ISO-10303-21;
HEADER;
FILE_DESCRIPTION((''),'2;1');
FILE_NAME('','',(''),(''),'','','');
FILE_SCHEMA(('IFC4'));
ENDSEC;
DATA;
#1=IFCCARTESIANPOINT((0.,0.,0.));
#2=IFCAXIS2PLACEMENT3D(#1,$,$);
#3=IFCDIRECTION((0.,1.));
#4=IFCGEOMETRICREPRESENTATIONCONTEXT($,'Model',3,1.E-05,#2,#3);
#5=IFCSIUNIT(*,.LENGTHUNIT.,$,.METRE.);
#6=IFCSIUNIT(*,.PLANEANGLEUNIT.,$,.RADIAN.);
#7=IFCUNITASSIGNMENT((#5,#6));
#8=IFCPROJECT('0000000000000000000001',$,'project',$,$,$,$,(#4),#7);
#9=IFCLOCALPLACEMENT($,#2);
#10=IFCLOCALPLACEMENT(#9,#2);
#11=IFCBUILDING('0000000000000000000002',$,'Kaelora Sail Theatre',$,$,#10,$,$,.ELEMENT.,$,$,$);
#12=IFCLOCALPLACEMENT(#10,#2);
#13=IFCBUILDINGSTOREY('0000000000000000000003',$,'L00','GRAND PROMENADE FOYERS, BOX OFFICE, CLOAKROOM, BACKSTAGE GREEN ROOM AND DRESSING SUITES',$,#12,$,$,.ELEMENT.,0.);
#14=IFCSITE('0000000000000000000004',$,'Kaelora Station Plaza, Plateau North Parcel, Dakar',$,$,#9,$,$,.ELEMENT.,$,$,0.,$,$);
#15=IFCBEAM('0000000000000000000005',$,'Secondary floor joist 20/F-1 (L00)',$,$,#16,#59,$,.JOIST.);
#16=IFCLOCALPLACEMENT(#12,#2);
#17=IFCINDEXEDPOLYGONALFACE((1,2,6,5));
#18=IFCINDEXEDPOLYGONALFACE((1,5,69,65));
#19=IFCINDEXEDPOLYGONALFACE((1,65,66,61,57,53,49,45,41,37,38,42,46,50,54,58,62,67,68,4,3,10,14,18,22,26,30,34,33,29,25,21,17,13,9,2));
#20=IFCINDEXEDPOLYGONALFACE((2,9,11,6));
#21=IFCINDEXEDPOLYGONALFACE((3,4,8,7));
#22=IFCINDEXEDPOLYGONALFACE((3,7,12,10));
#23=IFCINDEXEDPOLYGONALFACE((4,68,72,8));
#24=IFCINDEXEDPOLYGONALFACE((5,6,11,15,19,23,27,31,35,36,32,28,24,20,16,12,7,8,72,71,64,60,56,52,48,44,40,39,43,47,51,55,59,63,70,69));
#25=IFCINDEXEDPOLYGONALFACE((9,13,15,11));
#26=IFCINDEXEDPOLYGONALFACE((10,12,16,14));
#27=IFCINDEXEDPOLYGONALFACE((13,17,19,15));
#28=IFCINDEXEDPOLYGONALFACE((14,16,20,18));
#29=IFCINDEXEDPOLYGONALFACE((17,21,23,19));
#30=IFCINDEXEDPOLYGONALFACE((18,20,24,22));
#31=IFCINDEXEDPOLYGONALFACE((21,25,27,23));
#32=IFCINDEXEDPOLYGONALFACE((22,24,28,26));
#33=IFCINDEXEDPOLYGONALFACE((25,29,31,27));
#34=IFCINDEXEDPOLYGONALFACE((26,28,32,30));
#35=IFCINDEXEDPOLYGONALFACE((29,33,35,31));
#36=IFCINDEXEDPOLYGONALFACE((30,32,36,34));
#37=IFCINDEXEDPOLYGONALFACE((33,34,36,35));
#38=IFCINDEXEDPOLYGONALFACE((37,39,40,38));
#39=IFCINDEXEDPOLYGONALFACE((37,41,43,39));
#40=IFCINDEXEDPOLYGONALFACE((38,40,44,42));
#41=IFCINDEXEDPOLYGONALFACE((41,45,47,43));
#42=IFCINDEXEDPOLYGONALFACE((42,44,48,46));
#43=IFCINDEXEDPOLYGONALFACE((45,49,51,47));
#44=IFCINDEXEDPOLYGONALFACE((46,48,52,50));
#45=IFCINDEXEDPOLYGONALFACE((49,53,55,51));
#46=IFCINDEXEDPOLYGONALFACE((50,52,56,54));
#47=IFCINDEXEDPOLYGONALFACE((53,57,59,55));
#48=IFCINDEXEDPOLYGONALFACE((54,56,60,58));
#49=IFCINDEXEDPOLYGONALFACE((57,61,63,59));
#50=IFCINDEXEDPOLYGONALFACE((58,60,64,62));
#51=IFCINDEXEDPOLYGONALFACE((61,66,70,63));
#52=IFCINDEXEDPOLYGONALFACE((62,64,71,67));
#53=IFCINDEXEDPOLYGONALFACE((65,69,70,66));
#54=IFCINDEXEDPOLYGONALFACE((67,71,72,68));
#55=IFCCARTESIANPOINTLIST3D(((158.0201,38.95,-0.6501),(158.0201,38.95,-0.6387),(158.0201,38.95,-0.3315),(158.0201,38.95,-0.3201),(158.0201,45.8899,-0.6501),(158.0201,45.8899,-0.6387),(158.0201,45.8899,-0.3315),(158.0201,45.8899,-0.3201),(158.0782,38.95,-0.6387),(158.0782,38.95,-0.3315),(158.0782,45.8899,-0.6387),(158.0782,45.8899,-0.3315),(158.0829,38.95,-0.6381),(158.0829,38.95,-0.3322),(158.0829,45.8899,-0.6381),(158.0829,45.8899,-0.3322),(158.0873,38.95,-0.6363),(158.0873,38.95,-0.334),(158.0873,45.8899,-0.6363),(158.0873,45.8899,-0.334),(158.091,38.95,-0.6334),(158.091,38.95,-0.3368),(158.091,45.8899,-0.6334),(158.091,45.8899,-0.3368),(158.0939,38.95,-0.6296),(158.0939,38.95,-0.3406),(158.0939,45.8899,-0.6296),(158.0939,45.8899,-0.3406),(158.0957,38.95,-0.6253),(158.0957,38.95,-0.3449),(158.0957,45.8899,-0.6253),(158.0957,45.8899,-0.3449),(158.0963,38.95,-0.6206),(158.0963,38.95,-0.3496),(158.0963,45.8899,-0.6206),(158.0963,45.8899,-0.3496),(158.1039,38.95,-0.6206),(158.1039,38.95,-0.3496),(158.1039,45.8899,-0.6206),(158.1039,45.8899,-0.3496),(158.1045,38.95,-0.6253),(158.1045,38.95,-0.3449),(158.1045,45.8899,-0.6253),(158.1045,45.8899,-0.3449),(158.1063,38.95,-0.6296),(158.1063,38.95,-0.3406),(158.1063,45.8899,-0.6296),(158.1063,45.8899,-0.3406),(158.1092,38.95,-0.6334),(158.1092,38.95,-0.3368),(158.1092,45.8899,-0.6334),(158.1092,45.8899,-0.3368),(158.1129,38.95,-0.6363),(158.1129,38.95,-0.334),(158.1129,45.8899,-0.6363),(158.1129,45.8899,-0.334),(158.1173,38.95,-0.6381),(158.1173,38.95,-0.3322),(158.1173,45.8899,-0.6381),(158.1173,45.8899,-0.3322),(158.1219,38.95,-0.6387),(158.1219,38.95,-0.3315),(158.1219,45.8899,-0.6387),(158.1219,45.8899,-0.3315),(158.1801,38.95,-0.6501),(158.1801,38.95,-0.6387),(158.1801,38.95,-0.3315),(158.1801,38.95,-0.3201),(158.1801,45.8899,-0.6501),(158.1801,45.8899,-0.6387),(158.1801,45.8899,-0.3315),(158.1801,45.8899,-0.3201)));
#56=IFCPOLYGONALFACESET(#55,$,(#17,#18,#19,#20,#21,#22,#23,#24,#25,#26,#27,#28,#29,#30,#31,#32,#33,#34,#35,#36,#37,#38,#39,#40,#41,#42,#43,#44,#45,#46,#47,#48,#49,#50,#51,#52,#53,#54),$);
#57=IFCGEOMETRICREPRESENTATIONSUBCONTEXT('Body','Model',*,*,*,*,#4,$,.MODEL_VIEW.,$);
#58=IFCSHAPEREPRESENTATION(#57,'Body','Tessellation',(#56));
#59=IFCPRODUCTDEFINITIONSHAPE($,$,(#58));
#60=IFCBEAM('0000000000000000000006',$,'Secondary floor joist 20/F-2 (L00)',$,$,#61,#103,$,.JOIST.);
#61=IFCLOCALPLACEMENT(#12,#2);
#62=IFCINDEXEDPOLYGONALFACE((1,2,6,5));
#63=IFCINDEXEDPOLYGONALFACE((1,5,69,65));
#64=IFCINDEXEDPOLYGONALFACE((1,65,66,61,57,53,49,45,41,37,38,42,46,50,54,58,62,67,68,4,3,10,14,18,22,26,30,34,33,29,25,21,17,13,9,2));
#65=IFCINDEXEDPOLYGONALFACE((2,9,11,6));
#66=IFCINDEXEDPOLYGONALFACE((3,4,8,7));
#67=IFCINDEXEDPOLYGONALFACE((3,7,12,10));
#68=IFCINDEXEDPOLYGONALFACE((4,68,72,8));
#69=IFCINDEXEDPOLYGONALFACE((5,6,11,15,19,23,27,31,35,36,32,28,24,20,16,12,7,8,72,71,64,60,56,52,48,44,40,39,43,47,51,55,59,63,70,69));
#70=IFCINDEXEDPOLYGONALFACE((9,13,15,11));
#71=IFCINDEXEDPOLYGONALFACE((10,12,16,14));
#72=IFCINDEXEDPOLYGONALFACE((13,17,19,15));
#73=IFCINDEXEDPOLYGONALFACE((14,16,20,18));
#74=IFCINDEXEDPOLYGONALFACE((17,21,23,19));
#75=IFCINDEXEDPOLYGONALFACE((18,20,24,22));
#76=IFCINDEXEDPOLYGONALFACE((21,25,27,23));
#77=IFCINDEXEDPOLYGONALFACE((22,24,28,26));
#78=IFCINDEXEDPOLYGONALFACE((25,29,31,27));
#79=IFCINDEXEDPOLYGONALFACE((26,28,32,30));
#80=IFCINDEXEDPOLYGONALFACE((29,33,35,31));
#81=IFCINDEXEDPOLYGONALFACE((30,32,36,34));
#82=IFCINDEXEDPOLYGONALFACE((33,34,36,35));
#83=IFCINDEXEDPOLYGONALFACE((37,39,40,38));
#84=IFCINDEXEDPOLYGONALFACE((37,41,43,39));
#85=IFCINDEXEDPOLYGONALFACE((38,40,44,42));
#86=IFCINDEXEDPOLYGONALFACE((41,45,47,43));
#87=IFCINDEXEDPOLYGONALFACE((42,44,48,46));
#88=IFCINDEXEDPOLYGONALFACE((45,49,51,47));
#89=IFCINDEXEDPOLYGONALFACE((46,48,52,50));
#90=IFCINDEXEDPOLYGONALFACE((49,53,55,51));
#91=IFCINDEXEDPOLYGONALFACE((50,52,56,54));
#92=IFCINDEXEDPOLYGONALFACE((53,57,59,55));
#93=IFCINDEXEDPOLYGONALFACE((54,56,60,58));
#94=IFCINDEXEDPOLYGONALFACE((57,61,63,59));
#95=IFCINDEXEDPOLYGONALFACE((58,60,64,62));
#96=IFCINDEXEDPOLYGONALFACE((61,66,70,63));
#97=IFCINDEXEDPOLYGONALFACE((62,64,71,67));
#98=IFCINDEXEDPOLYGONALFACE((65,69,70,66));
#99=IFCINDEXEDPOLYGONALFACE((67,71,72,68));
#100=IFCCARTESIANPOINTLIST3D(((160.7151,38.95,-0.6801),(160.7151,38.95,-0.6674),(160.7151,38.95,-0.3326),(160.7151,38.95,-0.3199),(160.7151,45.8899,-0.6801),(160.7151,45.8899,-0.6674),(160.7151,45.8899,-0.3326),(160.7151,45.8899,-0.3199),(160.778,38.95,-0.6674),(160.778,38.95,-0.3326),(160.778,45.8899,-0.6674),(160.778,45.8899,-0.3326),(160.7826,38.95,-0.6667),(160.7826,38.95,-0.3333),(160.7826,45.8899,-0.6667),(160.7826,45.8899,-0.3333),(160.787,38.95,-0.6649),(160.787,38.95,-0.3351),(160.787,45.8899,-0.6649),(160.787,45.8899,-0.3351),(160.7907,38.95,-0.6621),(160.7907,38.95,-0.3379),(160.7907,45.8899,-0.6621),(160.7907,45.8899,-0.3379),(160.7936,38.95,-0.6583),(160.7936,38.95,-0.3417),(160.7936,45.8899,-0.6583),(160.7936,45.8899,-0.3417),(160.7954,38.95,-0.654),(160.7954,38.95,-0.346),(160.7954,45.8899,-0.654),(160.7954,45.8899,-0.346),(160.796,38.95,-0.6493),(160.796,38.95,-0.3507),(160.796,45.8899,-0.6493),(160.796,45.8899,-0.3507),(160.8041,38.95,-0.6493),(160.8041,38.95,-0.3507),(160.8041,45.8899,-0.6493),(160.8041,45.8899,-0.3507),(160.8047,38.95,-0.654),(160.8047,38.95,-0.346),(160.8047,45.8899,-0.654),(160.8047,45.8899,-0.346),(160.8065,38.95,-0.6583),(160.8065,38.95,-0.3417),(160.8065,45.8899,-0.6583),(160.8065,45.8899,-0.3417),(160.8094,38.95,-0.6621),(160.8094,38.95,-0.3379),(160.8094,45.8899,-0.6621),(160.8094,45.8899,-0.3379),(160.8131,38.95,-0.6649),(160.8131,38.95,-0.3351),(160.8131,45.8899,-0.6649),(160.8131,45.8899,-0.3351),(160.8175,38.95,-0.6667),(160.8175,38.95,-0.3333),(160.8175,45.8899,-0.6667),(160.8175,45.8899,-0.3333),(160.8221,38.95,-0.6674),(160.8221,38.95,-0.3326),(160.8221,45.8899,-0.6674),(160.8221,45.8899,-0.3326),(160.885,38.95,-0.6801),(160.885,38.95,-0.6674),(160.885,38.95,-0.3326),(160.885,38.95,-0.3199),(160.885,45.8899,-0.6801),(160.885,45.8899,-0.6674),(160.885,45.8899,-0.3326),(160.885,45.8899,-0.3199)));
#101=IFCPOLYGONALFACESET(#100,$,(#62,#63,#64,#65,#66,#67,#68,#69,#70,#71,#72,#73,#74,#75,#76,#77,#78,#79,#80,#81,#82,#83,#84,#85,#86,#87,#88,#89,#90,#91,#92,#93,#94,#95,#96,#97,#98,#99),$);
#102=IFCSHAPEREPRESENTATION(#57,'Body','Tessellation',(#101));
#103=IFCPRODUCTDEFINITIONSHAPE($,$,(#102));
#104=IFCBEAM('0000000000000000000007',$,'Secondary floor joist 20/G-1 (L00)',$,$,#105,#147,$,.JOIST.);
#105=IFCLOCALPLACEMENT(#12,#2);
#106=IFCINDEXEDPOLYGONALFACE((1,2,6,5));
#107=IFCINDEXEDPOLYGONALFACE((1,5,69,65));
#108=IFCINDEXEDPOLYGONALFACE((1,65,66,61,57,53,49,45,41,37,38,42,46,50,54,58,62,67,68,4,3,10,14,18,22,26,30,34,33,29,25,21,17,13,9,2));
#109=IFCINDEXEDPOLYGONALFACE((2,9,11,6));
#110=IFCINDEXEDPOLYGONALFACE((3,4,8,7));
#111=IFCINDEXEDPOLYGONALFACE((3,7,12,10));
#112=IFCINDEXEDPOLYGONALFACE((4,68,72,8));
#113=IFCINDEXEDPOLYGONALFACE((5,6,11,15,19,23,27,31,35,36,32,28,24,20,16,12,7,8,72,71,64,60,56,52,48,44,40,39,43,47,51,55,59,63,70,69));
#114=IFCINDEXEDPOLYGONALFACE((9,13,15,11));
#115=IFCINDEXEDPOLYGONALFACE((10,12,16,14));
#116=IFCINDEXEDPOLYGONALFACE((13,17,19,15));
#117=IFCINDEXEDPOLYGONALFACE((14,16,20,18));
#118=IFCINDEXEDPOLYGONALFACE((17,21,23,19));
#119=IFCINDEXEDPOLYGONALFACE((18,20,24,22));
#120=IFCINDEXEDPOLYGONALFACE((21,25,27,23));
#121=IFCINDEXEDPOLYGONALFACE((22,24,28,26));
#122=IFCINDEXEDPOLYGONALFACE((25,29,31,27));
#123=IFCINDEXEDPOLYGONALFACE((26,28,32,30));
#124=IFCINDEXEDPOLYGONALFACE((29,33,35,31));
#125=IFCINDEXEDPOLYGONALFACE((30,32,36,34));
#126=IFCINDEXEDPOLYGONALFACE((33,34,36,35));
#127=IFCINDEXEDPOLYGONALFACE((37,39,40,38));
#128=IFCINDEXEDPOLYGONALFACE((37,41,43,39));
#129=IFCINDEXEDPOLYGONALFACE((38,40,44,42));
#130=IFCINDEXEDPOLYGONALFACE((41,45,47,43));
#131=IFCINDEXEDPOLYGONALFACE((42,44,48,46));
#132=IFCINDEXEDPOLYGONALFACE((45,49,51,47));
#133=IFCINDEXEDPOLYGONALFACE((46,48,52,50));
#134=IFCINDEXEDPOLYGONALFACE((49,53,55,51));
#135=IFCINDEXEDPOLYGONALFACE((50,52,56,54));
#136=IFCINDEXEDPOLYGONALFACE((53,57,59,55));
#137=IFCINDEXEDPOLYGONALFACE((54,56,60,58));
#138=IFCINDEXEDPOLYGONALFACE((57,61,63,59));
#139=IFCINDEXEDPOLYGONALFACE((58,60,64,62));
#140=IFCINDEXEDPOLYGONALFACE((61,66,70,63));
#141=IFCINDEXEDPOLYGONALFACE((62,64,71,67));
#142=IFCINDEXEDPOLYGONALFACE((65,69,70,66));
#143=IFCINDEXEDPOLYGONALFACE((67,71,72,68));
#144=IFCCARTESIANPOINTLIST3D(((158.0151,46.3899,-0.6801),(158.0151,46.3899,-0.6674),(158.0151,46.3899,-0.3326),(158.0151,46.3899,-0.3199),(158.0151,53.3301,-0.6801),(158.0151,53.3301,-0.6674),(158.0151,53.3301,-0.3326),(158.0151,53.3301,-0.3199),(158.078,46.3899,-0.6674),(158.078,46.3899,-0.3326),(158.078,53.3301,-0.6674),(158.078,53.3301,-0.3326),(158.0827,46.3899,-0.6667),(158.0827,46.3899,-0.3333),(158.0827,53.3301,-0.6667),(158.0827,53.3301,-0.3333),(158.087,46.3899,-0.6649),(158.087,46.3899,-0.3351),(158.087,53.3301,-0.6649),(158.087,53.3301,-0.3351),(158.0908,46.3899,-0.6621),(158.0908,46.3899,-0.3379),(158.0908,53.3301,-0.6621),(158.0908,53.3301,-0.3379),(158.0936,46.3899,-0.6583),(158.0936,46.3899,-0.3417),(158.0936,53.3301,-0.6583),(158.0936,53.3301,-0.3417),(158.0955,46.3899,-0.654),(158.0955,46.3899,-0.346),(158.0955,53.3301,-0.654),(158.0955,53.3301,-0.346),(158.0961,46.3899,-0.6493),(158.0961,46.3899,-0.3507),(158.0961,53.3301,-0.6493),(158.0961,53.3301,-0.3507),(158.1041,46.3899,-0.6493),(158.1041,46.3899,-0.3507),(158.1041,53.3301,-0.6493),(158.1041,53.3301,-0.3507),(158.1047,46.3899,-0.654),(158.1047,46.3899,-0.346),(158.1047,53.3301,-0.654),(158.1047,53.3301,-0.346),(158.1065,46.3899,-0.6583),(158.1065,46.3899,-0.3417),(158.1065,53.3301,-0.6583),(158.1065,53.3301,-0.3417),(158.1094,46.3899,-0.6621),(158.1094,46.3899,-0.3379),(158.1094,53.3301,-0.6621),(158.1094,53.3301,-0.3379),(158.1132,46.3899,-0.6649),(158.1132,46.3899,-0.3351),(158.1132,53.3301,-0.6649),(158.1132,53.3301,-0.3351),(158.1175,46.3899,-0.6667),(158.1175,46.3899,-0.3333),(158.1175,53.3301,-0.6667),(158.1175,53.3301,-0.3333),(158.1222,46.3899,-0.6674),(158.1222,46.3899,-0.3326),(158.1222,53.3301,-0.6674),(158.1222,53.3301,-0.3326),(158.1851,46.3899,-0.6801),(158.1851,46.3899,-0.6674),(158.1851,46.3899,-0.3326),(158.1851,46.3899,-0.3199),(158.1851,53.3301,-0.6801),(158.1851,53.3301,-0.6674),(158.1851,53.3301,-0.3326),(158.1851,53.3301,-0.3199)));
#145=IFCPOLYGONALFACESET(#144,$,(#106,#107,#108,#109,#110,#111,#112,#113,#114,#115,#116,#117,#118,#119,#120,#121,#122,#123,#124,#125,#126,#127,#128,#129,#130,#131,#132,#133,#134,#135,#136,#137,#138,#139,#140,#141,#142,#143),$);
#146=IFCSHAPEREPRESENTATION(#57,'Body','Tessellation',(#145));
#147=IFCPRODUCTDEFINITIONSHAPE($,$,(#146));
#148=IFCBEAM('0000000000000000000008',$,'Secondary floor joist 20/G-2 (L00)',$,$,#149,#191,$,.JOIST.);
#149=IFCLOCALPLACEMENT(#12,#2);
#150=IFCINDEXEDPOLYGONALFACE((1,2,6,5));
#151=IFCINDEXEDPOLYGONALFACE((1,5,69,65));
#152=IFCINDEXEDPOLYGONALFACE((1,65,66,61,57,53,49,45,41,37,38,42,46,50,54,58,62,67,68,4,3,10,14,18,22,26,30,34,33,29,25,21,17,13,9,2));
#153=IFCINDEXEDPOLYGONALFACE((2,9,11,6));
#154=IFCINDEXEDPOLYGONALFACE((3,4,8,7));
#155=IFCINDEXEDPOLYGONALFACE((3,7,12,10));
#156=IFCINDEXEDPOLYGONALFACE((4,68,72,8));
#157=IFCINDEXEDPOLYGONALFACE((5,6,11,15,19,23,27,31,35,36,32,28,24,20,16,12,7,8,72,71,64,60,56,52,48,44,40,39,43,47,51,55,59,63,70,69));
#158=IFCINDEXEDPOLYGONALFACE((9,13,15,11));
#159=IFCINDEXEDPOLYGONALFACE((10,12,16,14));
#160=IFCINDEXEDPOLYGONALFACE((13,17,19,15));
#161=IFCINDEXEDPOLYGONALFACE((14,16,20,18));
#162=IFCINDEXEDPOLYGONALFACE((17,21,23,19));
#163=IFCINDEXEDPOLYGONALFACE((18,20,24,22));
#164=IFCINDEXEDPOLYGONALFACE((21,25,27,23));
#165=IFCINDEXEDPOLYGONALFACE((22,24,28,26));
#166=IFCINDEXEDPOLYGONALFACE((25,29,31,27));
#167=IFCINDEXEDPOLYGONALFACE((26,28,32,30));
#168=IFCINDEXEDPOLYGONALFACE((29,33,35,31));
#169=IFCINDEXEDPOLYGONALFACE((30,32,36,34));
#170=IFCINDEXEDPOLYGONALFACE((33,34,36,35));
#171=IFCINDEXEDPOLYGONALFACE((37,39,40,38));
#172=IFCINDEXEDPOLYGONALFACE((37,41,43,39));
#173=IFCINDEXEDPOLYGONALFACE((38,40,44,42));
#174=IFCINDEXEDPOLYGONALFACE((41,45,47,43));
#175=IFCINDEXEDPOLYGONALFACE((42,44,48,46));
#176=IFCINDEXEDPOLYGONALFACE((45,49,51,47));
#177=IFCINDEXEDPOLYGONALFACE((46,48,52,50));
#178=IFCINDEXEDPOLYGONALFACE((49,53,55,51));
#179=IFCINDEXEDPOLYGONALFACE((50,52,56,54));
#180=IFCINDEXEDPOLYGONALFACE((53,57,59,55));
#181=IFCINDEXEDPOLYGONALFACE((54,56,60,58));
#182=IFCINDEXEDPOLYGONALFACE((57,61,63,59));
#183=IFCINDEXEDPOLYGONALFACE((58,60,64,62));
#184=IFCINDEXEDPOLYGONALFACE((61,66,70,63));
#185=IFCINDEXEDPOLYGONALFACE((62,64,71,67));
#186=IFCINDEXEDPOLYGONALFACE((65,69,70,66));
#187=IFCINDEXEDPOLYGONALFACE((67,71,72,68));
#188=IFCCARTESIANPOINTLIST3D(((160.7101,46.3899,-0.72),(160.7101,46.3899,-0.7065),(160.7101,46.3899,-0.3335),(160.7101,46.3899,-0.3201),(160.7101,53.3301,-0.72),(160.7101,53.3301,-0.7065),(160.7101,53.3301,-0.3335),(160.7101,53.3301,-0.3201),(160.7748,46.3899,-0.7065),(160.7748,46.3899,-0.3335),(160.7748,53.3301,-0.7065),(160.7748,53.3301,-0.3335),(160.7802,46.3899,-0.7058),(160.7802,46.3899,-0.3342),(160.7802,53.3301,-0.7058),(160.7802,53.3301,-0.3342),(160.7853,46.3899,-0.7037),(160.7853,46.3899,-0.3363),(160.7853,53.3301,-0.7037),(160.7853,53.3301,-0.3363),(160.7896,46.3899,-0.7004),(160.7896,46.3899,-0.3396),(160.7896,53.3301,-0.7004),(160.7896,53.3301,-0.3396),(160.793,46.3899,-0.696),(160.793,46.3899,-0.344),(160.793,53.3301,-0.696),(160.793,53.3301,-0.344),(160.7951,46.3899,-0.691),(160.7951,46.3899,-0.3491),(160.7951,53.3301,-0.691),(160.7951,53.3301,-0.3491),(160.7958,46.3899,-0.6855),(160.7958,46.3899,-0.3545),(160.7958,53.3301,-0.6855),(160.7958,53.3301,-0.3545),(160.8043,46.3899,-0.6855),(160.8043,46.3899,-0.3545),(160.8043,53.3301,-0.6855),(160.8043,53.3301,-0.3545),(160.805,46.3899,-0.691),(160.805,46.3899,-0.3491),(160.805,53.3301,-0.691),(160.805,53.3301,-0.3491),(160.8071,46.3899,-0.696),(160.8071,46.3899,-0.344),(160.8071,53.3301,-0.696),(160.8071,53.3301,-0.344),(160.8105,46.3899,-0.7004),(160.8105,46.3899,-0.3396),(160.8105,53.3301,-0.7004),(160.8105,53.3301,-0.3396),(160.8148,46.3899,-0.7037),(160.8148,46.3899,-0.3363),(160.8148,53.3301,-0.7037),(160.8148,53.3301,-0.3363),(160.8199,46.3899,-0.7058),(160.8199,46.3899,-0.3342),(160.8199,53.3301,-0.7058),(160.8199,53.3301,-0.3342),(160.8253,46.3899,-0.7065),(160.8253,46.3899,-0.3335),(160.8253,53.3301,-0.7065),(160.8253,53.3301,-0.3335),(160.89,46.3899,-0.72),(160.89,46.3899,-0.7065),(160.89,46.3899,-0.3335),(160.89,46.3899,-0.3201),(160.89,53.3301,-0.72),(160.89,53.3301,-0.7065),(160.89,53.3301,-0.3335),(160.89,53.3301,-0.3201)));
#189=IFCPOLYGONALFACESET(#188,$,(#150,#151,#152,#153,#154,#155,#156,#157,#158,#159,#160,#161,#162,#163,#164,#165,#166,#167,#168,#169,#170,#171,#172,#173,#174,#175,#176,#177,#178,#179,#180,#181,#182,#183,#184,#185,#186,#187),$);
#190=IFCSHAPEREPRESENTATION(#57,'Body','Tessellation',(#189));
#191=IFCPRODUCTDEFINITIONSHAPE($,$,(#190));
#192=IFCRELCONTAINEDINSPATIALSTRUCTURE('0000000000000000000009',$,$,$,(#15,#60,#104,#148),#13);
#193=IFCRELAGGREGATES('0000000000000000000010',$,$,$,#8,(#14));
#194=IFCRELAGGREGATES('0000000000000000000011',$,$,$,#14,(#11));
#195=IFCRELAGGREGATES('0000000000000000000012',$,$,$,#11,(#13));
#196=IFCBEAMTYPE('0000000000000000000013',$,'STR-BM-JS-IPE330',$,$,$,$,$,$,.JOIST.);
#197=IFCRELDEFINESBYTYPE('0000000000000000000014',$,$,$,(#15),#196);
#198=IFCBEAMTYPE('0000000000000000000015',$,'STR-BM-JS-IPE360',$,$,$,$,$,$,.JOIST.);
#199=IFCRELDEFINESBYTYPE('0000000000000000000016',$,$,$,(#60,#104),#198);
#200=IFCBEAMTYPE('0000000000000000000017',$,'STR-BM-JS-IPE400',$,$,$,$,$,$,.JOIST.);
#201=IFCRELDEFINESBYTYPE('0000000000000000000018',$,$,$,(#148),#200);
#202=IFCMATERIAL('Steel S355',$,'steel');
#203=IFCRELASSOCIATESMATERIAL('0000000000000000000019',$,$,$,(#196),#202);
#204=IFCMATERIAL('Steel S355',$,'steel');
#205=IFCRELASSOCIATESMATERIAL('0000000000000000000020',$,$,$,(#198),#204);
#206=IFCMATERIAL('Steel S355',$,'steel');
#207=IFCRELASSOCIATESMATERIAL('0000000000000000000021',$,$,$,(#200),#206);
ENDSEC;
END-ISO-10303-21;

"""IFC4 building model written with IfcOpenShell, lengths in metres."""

from ifc_helpers import new_model, si_unit, direction, frame, origin, origin_2d, place, context, subcontext, project, spatial, i_section, extrude, material, material_profile, profile_set, type_object, element, save


model = new_model("IFC4")

# Units and contexts
model_context = context("Model", 3, precision=1e-05, world=origin(), true_north=direction((0.0, 1.0)))
body_context = subcontext(model_context, "Body", "Model", "MODEL_VIEW")
ifc_project = project(units=[si_unit("LENGTHUNIT", "METRE"), si_unit("PLANEANGLEUNIT", "RADIAN")], contexts=[model_context])

# Site, building, storey
site_placement = place(None, origin())
site = spatial("IfcSite", under=ifc_project, at=site_placement, Name="Kaelora Station Plaza, Plateau North Parcel, Dakar", CompositionType="ELEMENT", RefElevation=0.0)
building_placement = place(site_placement, origin())
building = spatial("IfcBuilding", under=site, at=building_placement, Name="Kaelora Sail Theatre", CompositionType="ELEMENT")
storey_placement = place(building_placement, origin())
storey = spatial("IfcBuildingStorey", under=building, at=storey_placement, Name="L00", Description="GRAND PROMENADE FOYERS, BOX OFFICE, CLOAKROOM, BACKSTAGE GREEN ROOM AND DRESSING SUITES", CompositionType="ELEMENT", Elevation=0.0)

# Beams
ifc_material_1 = material(Name="Steel S355", Category="steel")
ifc_material_profile_1 = material_profile(ifc_material_1, i_section(OverallWidth=0.1599, OverallDepth=0.3301, WebThickness=0.0076, FlangeThickness=0.0115, FilletRadius=0.0181, at=origin_2d()), Name="IPE 330")
ifc_profile_set_1 = profile_set([ifc_material_profile_1], Name="Steel S355")
beam_type_1 = type_object("IfcBeamType", Name="STR-BM-JS-IPE330", PredefinedType="JOIST", material=ifc_profile_set_1)
beam_1_placement = place(storey_placement, frame((158.1001, 38.95, -0.4851), z_axis=(0.0, 1.0, 0.0), x_axis=(-1.0, 0.0, 0.0)))
element("IfcBeam", 1, at=beam_1_placement, inside=storey, type_object=beam_type_1, Name="Secondary floor joist 20/F-1 (L00)", PredefinedType="JOIST", context=body_context, shape_type="SweptSolid", body=[
    extrude(i_section(OverallWidth=0.1599, OverallDepth=0.3301, WebThickness=0.0076, FlangeThickness=0.0115, FilletRadius=0.0181, at=origin_2d()), origin(), (0.0, 0.0, 1.0), 6.9399),
])
ifc_material_2 = material(Name="Steel S355", Category="steel")
ifc_material_profile_2 = material_profile(ifc_material_2, i_section(OverallWidth=0.1699, OverallDepth=0.3601, WebThickness=0.0081, FlangeThickness=0.0127, FilletRadius=0.0181, at=origin_2d()), Name="IPE 360")
ifc_profile_set_2 = profile_set([ifc_material_profile_2], Name="Steel S355")
beam_type_2 = type_object("IfcBeamType", Name="STR-BM-JS-IPE360", PredefinedType="JOIST", material=ifc_profile_set_2)
beam_2_placement = place(storey_placement, frame((160.8, 38.95, -0.5), z_axis=(0.0, 1.0, 0.0), x_axis=(-1.0, 0.0, 0.0)))
element("IfcBeam", 2, at=beam_2_placement, inside=storey, type_object=beam_type_2, Name="Secondary floor joist 20/F-2 (L00)", PredefinedType="JOIST", context=body_context, shape_type="SweptSolid", body=[
    extrude(i_section(OverallWidth=0.1699, OverallDepth=0.3601, WebThickness=0.0081, FlangeThickness=0.0127, FilletRadius=0.0181, at=origin_2d()), origin(), (0.0, 0.0, 1.0), 6.9399),
])
beam_3_placement = place(storey_placement, frame((158.1001, 46.3899, -0.5), z_axis=(0.0, 1.0, 0.0), x_axis=(-1.0, 0.0, 0.0)))
element("IfcBeam", 3, at=beam_3_placement, inside=storey, type_object=beam_type_2, Name="Secondary floor joist 20/G-1 (L00)", PredefinedType="JOIST", context=body_context, shape_type="SweptSolid", body=[
    extrude(i_section(OverallWidth=0.1699, OverallDepth=0.3601, WebThickness=0.0081, FlangeThickness=0.0127, FilletRadius=0.0181, at=origin_2d()), origin(), (0.0, 0.0, 1.0), 6.9402),
])
ifc_material_3 = material(Name="Steel S355", Category="steel")
ifc_material_profile_3 = material_profile(ifc_material_3, i_section(OverallWidth=0.1799, OverallDepth=0.3999, WebThickness=0.0085, FlangeThickness=0.0134, FilletRadius=0.021, at=origin_2d()), Name="IPE 400")
ifc_profile_set_3 = profile_set([ifc_material_profile_3], Name="Steel S355")
beam_type_3 = type_object("IfcBeamType", Name="STR-BM-JS-IPE400", PredefinedType="JOIST", material=ifc_profile_set_3)
beam_4_placement = place(storey_placement, frame((160.8, 46.3899, -0.52), z_axis=(0.0, 1.0, 0.0), x_axis=(-1.0, 0.0, 0.0)))
element("IfcBeam", 4, at=beam_4_placement, inside=storey, type_object=beam_type_3, Name="Secondary floor joist 20/G-2 (L00)", PredefinedType="JOIST", context=body_context, shape_type="SweptSolid", body=[
    extrude(i_section(OverallWidth=0.1799, OverallDepth=0.3999, WebThickness=0.0085, FlangeThickness=0.0134, FilletRadius=0.021, at=origin_2d()), origin(), (0.0, 0.0, 1.0), 6.9402),
])

save(model, "model.ifc")
